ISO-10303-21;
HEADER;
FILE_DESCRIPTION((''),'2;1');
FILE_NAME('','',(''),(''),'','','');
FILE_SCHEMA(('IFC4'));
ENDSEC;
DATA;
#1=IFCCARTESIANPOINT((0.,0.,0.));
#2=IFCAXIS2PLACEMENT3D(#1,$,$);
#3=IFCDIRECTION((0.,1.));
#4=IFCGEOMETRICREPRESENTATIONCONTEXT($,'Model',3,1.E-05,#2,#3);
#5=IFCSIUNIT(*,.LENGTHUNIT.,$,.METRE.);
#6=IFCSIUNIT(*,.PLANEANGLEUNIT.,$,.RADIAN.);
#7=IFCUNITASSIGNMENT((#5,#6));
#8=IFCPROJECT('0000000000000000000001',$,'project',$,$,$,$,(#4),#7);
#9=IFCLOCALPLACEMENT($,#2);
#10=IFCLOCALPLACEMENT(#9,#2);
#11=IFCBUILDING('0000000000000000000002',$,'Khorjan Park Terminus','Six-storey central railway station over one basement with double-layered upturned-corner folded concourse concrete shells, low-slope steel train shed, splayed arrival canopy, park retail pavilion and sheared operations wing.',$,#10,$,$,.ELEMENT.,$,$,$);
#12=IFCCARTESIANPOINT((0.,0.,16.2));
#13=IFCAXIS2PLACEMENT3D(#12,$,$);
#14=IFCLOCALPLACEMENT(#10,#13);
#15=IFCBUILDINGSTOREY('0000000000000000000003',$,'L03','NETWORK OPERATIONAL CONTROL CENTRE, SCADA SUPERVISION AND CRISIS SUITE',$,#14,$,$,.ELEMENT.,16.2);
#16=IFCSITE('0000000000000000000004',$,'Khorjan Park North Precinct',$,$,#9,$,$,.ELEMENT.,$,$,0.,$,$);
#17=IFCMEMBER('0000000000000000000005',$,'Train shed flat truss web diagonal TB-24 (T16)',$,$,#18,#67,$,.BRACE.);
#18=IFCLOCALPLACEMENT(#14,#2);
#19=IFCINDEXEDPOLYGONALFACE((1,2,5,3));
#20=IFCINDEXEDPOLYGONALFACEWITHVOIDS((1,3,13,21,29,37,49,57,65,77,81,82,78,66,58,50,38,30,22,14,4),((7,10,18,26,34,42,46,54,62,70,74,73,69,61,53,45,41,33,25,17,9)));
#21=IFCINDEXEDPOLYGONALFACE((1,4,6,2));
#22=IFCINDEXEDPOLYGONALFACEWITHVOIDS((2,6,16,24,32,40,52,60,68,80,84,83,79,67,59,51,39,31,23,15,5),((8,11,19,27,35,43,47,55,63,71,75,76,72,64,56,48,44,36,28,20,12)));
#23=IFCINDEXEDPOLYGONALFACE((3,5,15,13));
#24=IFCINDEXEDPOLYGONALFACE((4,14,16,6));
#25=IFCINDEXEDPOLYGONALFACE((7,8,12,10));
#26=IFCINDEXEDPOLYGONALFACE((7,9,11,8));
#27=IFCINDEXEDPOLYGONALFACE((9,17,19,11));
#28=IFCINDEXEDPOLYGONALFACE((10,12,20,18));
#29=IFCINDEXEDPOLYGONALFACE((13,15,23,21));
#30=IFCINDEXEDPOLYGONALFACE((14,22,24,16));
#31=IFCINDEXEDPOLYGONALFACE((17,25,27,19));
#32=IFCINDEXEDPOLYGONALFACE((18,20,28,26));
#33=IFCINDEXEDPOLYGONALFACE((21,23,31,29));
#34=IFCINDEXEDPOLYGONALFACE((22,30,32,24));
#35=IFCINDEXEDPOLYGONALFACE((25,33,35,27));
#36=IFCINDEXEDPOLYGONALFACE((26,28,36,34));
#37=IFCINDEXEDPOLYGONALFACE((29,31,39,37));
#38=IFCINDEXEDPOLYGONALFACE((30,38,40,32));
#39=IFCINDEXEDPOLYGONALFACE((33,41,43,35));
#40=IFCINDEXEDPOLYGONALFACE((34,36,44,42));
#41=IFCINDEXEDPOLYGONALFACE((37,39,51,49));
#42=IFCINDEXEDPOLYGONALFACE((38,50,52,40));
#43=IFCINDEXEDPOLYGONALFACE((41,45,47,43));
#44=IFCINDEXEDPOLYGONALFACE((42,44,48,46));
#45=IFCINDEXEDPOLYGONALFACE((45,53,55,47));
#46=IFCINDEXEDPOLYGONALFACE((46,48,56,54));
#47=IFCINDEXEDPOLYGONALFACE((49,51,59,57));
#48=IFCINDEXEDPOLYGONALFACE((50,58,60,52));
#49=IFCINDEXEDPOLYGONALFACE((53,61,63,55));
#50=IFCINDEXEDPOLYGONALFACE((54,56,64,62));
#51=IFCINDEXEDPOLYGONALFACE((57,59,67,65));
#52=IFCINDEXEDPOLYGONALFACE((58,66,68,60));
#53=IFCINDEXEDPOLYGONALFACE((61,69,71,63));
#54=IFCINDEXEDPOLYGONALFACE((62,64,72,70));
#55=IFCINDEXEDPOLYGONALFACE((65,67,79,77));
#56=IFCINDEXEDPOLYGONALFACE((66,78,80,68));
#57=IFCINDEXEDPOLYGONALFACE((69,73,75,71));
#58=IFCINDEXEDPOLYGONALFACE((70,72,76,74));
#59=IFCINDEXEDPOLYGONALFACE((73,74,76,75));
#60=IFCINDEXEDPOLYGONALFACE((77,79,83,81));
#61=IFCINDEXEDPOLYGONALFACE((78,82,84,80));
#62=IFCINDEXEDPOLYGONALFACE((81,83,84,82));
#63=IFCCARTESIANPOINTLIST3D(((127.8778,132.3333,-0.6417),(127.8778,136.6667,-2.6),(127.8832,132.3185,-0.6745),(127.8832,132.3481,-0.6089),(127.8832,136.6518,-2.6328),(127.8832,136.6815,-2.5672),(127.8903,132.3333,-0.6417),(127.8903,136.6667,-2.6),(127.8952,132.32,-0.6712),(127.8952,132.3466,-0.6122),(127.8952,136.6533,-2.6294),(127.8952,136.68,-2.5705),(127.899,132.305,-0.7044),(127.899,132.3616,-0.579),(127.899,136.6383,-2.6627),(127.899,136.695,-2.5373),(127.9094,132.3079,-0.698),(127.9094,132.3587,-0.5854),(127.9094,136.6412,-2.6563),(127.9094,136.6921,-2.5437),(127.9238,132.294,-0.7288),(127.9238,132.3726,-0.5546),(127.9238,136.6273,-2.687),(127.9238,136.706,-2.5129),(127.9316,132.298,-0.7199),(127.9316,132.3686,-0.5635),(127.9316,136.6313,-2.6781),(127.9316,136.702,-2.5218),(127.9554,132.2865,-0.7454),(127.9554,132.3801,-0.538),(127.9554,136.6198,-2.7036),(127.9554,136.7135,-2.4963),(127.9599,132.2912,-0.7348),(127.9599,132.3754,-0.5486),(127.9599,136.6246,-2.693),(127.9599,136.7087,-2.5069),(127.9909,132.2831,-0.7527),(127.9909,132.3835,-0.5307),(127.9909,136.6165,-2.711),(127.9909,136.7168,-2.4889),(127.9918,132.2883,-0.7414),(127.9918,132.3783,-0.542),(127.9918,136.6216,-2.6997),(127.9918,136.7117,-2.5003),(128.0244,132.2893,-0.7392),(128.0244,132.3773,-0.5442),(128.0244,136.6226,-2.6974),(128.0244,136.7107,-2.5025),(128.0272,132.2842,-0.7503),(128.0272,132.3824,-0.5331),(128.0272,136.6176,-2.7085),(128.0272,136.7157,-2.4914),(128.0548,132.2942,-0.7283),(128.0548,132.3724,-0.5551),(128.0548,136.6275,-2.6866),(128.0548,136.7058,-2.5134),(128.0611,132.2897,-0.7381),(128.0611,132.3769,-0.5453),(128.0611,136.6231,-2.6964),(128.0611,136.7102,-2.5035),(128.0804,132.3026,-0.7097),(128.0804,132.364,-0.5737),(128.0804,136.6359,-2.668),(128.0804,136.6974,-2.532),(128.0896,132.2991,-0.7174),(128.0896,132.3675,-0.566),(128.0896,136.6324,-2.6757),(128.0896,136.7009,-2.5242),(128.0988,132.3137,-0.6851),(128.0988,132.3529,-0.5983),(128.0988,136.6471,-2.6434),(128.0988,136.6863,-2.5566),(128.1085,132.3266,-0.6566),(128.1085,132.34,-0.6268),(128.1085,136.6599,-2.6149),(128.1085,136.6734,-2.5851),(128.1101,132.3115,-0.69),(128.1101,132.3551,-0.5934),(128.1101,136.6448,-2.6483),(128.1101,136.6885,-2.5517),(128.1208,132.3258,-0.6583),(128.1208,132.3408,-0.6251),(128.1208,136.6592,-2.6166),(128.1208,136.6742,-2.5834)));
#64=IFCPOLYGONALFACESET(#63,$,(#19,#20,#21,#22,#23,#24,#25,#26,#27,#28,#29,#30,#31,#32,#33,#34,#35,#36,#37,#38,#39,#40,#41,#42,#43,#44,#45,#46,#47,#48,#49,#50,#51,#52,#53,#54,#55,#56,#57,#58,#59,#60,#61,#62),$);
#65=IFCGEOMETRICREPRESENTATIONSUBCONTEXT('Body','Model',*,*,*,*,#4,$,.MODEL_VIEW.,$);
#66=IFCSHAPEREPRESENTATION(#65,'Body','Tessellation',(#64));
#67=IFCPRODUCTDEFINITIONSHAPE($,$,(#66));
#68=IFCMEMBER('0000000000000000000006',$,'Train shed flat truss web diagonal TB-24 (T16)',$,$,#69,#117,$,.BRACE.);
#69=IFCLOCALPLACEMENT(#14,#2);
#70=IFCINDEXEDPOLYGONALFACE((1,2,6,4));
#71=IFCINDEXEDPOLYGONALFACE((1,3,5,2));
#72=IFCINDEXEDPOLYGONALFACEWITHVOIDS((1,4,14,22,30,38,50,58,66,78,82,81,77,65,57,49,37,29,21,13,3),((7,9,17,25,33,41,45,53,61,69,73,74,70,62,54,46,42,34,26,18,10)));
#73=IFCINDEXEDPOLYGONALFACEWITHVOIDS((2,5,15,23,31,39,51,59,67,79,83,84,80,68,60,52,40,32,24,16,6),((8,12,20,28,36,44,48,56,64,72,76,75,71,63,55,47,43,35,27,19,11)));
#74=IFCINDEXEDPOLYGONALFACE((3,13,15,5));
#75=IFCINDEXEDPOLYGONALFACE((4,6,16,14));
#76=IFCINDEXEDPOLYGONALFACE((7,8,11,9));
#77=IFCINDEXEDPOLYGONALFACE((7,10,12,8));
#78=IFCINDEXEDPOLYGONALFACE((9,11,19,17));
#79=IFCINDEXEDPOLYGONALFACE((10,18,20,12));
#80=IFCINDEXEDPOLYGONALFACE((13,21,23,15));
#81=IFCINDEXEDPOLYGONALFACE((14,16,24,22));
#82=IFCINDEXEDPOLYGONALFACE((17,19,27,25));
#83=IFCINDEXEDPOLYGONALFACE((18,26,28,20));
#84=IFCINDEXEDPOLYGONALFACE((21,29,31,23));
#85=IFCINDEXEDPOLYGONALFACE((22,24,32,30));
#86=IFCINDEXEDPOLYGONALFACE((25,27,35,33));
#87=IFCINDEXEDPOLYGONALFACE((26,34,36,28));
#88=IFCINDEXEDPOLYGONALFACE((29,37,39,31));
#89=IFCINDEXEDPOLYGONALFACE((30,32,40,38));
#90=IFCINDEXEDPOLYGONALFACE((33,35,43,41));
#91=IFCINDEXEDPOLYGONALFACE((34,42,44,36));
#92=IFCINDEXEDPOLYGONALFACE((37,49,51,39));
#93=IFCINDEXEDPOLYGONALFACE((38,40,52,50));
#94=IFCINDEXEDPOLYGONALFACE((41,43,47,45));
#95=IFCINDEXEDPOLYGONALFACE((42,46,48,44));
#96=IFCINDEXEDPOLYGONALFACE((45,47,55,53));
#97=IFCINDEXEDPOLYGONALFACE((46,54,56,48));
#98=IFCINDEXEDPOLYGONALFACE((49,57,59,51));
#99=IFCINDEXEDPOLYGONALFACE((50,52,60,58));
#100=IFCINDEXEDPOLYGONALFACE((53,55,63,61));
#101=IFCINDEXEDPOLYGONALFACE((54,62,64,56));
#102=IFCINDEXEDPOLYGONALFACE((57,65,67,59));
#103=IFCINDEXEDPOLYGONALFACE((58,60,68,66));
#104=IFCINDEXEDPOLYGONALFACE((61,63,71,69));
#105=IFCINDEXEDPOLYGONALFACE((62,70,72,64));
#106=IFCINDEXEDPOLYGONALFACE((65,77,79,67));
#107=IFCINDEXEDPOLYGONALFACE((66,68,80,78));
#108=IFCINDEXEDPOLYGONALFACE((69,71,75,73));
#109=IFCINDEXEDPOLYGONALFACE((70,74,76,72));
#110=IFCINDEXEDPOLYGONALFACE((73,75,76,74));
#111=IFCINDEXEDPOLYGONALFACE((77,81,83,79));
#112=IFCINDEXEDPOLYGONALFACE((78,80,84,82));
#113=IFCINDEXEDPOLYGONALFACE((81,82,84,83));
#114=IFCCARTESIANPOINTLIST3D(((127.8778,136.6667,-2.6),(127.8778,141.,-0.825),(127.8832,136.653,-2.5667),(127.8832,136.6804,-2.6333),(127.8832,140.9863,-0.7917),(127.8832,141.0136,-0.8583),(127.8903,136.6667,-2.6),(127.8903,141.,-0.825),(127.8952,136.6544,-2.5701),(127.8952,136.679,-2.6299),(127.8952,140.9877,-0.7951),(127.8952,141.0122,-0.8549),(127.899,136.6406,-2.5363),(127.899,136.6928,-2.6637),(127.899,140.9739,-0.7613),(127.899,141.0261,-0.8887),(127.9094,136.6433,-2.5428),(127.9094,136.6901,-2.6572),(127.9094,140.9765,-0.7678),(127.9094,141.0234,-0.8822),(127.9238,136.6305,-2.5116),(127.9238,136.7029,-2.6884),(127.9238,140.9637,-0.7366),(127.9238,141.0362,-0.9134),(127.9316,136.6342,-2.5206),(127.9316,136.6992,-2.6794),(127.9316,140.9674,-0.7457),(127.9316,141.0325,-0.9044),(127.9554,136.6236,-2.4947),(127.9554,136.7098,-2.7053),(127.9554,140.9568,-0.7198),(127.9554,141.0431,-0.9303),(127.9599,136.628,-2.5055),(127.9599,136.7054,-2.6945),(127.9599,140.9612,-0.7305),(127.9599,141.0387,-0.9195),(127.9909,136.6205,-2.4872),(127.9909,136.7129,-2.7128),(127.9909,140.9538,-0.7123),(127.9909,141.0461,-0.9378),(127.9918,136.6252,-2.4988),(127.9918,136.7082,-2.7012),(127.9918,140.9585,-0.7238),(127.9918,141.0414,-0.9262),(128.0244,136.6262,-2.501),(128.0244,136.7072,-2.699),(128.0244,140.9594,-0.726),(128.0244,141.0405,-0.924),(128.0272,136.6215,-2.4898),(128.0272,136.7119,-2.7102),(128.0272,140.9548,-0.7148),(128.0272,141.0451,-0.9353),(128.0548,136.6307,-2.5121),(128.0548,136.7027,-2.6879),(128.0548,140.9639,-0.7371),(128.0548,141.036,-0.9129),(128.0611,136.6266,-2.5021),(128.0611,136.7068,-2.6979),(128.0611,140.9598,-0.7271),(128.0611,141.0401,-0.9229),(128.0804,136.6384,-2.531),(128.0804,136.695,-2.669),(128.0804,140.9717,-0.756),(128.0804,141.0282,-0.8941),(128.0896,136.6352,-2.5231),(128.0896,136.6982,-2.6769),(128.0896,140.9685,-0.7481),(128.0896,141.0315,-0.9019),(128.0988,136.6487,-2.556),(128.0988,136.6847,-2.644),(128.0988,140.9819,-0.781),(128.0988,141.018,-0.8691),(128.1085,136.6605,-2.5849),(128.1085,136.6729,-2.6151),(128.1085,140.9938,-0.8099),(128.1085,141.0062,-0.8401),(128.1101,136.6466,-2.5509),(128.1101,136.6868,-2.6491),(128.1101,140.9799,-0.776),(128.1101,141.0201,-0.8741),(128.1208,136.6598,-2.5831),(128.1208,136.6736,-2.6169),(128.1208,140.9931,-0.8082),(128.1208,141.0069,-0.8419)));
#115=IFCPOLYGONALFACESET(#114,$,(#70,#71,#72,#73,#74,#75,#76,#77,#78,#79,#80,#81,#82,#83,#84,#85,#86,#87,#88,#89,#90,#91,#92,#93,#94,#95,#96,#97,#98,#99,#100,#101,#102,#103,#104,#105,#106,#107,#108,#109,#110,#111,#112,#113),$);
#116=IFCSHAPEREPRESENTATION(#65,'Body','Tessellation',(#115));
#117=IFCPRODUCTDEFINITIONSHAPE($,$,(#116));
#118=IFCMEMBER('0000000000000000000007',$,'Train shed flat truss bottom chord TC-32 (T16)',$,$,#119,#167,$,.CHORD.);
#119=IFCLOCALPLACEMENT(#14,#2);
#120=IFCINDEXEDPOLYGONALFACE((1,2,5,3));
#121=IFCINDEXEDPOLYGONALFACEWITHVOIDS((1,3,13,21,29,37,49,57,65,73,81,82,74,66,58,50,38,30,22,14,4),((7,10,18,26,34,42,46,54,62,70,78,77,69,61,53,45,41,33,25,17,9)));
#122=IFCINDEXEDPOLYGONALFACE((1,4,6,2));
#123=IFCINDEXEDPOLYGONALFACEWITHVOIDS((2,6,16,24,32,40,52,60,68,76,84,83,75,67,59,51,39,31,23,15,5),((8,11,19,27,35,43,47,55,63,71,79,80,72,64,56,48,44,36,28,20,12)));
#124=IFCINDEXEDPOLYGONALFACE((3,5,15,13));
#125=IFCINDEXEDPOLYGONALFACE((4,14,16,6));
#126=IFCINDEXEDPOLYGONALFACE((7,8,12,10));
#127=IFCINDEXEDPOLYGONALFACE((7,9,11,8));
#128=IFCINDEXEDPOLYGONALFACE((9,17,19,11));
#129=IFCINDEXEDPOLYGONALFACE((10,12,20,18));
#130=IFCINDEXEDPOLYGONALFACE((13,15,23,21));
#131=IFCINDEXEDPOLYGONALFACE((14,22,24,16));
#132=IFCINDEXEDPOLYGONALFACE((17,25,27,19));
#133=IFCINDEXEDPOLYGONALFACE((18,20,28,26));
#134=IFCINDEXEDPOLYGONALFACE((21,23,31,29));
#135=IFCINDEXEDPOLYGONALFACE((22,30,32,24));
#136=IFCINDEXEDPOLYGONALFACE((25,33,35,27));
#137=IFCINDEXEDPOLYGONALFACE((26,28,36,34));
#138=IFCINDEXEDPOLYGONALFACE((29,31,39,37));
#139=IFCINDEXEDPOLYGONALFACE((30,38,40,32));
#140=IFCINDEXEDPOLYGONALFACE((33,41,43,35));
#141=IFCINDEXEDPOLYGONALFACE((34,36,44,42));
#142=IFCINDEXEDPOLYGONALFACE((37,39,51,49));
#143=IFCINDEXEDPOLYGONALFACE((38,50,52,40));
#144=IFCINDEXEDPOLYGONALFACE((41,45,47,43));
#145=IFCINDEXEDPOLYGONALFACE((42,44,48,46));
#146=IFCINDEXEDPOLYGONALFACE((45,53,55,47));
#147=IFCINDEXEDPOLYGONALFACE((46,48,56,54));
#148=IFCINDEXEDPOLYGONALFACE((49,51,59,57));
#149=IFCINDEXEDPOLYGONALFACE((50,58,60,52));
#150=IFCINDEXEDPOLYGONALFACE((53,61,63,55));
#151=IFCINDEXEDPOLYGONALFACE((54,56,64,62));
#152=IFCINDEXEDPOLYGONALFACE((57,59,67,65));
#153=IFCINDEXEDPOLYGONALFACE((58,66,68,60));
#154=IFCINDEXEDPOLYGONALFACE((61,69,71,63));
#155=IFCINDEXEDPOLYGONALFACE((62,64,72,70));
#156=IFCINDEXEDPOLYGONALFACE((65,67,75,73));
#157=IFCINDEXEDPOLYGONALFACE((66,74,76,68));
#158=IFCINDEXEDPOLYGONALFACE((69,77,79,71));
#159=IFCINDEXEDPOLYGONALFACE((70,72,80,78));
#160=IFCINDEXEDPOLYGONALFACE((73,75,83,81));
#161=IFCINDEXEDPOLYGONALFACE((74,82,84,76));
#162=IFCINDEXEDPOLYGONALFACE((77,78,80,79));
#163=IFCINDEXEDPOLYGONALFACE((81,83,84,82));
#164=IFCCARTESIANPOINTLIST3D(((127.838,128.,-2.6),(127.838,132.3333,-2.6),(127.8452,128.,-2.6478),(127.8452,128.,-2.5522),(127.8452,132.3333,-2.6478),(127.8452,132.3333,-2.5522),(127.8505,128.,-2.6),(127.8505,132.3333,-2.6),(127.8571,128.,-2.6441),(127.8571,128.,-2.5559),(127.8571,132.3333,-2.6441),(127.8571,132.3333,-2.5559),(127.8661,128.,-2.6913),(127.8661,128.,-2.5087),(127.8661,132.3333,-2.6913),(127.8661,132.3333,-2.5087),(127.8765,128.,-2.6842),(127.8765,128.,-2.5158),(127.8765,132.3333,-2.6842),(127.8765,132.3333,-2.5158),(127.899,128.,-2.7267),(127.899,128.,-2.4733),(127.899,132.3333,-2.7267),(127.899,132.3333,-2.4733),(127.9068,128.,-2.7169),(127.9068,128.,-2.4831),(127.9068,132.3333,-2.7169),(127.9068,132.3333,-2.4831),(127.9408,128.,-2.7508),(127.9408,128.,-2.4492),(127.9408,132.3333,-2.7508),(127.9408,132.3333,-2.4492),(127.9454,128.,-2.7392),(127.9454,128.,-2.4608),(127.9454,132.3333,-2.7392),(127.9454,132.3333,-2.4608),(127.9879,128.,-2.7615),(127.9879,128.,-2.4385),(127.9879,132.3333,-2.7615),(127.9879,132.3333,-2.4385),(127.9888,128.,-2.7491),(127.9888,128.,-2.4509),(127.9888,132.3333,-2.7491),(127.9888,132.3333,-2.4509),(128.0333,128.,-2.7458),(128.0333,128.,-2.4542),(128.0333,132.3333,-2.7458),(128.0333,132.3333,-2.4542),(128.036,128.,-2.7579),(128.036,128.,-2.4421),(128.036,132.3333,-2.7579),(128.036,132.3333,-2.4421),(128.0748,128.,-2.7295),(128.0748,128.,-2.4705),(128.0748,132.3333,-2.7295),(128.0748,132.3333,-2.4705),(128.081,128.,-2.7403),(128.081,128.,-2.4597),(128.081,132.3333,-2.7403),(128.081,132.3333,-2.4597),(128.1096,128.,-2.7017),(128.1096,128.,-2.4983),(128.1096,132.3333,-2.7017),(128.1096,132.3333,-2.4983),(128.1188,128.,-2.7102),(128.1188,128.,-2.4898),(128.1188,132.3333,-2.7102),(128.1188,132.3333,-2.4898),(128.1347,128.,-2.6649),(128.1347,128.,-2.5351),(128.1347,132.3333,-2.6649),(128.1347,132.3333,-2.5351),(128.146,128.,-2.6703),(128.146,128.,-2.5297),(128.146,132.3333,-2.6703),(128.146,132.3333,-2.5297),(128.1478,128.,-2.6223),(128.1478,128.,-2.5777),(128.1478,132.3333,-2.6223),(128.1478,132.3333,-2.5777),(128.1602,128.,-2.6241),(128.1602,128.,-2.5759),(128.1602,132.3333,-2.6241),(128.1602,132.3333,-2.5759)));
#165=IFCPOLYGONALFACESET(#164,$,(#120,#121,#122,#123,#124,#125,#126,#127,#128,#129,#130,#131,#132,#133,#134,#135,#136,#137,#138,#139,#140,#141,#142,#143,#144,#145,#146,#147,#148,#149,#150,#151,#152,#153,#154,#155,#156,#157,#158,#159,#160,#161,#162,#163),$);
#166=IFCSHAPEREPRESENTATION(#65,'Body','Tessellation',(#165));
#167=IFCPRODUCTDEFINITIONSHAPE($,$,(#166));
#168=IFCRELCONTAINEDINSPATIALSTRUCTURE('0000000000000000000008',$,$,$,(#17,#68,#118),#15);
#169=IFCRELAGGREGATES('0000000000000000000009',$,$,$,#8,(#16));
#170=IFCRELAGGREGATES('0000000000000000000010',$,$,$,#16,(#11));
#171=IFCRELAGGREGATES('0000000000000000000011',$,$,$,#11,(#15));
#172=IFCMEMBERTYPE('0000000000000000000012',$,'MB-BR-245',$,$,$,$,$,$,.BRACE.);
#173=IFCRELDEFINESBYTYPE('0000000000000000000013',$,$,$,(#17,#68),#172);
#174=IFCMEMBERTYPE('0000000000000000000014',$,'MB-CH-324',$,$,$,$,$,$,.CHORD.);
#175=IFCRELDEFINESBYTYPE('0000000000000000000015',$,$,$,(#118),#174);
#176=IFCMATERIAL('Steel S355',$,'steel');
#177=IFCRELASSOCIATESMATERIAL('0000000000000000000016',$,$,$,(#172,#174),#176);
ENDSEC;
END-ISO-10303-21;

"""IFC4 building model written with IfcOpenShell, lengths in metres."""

from ifc_helpers import new_model, si_unit, direction, frame, origin, origin_2d, place, context, subcontext, project, spatial, hollow_circle, extrude, material, material_profile, profile_set, type_object, element, save


model = new_model("IFC4")

# Units and contexts
model_context = context("Model", 3, precision=1e-05, world=origin(), true_north=direction((0.0, 1.0)))
body_context = subcontext(model_context, "Body", "Model", "MODEL_VIEW")
ifc_project = project(units=[si_unit("LENGTHUNIT", "METRE"), si_unit("PLANEANGLEUNIT", "RADIAN")], contexts=[model_context])

# Site, building, storey
site_placement = place(None, origin())
site = spatial("IfcSite", under=ifc_project, at=site_placement, Name="Khorjan Park North Precinct", CompositionType="ELEMENT", RefElevation=0.0)
building_placement = place(site_placement, origin())
building = spatial("IfcBuilding", under=site, at=building_placement, Name="Khorjan Park Terminus", Description="Six-storey central railway station over one basement with double-layered upturned-corner folded concourse concrete shells, low-slope steel train shed, splayed arrival canopy, park retail pavilion and sheared operations wing.", CompositionType="ELEMENT")
storey_placement = place(building_placement, frame((0.0, 0.0, 16.2)))
storey = spatial("IfcBuildingStorey", under=building, at=storey_placement, Name="L03", Description="NETWORK OPERATIONAL CONTROL CENTRE, SCADA SUPERVISION AND CRISIS SUITE", CompositionType="ELEMENT", Elevation=16.2)

# Members
ifc_material_1 = material(Name="Steel S355", Category="steel")
ifc_material_profile_1 = material_profile(ifc_material_1, hollow_circle(Radius=0.1222, WallThickness=0.0125, at=origin_2d()), Name="CHS 244.5x12.5")
ifc_profile_set_1 = profile_set([ifc_material_profile_1], Name="Steel S355")
member_type_1 = type_object("IfcMemberType", Name="MB-BR-245", PredefinedType="BRACE", material=ifc_profile_set_1)
for number, where, z_axis, x_axis, name in (
    (1, (128.0, 132.3333, -0.6417), (0.0, 0.91127, -0.41181), (-1.0, 0.0, 0.0), "Train shed flat truss web diagonal TB-24 (T16)"),
):
    element("IfcMember", number, at=place(storey_placement, frame(where, z_axis=z_axis, x_axis=x_axis)), inside=storey, type_object=member_type_1, Name=name, PredefinedType="BRACE", context=body_context, shape_type="SweptSolid", body=[
        extrude(hollow_circle(Radius=0.1222, WallThickness=0.0125, at=origin_2d()), origin(), (0.0, 0.0, 1.0), 4.7553),
    ])
member_1_placement = place(storey_placement, frame((128.0, 136.6667, -2.6), z_axis=(0.0, 0.925376, 0.379051), x_axis=(-1.0, 0.0, 0.0)))
element("IfcMember", 2, at=member_1_placement, inside=storey, type_object=member_type_1, Name="Train shed flat truss web diagonal TB-24 (T16)", PredefinedType="BRACE", context=body_context, shape_type="SweptSolid", body=[
    extrude(hollow_circle(Radius=0.1222, WallThickness=0.0125, at=origin_2d()), origin(), (0.0, 0.0, 1.0), 4.6827),
])
ifc_material_profile_2 = material_profile(ifc_material_1, hollow_circle(Radius=0.162, WallThickness=0.0125, at=origin_2d()), Name="CHS 323.9x12.5")
ifc_profile_set_2 = profile_set([ifc_material_profile_2], Name="Steel S355")
member_type_2 = type_object("IfcMemberType", Name="MB-CH-324", PredefinedType="CHORD", material=ifc_profile_set_2)
member_2_placement = place(storey_placement, frame((128.0, 128.0, -2.6), z_axis=(0.0, 1.0, 0.0), x_axis=(-1.0, 0.0, 0.0)))
element("IfcMember", 3, at=member_2_placement, inside=storey, type_object=member_type_2, Name="Train shed flat truss bottom chord TC-32 (T16)", PredefinedType="CHORD", context=body_context, shape_type="SweptSolid", body=[
    extrude(hollow_circle(Radius=0.162, WallThickness=0.0125, at=origin_2d()), origin(), (0.0, 0.0, 1.0), 4.3333),
])

save(model, "model.ifc")
